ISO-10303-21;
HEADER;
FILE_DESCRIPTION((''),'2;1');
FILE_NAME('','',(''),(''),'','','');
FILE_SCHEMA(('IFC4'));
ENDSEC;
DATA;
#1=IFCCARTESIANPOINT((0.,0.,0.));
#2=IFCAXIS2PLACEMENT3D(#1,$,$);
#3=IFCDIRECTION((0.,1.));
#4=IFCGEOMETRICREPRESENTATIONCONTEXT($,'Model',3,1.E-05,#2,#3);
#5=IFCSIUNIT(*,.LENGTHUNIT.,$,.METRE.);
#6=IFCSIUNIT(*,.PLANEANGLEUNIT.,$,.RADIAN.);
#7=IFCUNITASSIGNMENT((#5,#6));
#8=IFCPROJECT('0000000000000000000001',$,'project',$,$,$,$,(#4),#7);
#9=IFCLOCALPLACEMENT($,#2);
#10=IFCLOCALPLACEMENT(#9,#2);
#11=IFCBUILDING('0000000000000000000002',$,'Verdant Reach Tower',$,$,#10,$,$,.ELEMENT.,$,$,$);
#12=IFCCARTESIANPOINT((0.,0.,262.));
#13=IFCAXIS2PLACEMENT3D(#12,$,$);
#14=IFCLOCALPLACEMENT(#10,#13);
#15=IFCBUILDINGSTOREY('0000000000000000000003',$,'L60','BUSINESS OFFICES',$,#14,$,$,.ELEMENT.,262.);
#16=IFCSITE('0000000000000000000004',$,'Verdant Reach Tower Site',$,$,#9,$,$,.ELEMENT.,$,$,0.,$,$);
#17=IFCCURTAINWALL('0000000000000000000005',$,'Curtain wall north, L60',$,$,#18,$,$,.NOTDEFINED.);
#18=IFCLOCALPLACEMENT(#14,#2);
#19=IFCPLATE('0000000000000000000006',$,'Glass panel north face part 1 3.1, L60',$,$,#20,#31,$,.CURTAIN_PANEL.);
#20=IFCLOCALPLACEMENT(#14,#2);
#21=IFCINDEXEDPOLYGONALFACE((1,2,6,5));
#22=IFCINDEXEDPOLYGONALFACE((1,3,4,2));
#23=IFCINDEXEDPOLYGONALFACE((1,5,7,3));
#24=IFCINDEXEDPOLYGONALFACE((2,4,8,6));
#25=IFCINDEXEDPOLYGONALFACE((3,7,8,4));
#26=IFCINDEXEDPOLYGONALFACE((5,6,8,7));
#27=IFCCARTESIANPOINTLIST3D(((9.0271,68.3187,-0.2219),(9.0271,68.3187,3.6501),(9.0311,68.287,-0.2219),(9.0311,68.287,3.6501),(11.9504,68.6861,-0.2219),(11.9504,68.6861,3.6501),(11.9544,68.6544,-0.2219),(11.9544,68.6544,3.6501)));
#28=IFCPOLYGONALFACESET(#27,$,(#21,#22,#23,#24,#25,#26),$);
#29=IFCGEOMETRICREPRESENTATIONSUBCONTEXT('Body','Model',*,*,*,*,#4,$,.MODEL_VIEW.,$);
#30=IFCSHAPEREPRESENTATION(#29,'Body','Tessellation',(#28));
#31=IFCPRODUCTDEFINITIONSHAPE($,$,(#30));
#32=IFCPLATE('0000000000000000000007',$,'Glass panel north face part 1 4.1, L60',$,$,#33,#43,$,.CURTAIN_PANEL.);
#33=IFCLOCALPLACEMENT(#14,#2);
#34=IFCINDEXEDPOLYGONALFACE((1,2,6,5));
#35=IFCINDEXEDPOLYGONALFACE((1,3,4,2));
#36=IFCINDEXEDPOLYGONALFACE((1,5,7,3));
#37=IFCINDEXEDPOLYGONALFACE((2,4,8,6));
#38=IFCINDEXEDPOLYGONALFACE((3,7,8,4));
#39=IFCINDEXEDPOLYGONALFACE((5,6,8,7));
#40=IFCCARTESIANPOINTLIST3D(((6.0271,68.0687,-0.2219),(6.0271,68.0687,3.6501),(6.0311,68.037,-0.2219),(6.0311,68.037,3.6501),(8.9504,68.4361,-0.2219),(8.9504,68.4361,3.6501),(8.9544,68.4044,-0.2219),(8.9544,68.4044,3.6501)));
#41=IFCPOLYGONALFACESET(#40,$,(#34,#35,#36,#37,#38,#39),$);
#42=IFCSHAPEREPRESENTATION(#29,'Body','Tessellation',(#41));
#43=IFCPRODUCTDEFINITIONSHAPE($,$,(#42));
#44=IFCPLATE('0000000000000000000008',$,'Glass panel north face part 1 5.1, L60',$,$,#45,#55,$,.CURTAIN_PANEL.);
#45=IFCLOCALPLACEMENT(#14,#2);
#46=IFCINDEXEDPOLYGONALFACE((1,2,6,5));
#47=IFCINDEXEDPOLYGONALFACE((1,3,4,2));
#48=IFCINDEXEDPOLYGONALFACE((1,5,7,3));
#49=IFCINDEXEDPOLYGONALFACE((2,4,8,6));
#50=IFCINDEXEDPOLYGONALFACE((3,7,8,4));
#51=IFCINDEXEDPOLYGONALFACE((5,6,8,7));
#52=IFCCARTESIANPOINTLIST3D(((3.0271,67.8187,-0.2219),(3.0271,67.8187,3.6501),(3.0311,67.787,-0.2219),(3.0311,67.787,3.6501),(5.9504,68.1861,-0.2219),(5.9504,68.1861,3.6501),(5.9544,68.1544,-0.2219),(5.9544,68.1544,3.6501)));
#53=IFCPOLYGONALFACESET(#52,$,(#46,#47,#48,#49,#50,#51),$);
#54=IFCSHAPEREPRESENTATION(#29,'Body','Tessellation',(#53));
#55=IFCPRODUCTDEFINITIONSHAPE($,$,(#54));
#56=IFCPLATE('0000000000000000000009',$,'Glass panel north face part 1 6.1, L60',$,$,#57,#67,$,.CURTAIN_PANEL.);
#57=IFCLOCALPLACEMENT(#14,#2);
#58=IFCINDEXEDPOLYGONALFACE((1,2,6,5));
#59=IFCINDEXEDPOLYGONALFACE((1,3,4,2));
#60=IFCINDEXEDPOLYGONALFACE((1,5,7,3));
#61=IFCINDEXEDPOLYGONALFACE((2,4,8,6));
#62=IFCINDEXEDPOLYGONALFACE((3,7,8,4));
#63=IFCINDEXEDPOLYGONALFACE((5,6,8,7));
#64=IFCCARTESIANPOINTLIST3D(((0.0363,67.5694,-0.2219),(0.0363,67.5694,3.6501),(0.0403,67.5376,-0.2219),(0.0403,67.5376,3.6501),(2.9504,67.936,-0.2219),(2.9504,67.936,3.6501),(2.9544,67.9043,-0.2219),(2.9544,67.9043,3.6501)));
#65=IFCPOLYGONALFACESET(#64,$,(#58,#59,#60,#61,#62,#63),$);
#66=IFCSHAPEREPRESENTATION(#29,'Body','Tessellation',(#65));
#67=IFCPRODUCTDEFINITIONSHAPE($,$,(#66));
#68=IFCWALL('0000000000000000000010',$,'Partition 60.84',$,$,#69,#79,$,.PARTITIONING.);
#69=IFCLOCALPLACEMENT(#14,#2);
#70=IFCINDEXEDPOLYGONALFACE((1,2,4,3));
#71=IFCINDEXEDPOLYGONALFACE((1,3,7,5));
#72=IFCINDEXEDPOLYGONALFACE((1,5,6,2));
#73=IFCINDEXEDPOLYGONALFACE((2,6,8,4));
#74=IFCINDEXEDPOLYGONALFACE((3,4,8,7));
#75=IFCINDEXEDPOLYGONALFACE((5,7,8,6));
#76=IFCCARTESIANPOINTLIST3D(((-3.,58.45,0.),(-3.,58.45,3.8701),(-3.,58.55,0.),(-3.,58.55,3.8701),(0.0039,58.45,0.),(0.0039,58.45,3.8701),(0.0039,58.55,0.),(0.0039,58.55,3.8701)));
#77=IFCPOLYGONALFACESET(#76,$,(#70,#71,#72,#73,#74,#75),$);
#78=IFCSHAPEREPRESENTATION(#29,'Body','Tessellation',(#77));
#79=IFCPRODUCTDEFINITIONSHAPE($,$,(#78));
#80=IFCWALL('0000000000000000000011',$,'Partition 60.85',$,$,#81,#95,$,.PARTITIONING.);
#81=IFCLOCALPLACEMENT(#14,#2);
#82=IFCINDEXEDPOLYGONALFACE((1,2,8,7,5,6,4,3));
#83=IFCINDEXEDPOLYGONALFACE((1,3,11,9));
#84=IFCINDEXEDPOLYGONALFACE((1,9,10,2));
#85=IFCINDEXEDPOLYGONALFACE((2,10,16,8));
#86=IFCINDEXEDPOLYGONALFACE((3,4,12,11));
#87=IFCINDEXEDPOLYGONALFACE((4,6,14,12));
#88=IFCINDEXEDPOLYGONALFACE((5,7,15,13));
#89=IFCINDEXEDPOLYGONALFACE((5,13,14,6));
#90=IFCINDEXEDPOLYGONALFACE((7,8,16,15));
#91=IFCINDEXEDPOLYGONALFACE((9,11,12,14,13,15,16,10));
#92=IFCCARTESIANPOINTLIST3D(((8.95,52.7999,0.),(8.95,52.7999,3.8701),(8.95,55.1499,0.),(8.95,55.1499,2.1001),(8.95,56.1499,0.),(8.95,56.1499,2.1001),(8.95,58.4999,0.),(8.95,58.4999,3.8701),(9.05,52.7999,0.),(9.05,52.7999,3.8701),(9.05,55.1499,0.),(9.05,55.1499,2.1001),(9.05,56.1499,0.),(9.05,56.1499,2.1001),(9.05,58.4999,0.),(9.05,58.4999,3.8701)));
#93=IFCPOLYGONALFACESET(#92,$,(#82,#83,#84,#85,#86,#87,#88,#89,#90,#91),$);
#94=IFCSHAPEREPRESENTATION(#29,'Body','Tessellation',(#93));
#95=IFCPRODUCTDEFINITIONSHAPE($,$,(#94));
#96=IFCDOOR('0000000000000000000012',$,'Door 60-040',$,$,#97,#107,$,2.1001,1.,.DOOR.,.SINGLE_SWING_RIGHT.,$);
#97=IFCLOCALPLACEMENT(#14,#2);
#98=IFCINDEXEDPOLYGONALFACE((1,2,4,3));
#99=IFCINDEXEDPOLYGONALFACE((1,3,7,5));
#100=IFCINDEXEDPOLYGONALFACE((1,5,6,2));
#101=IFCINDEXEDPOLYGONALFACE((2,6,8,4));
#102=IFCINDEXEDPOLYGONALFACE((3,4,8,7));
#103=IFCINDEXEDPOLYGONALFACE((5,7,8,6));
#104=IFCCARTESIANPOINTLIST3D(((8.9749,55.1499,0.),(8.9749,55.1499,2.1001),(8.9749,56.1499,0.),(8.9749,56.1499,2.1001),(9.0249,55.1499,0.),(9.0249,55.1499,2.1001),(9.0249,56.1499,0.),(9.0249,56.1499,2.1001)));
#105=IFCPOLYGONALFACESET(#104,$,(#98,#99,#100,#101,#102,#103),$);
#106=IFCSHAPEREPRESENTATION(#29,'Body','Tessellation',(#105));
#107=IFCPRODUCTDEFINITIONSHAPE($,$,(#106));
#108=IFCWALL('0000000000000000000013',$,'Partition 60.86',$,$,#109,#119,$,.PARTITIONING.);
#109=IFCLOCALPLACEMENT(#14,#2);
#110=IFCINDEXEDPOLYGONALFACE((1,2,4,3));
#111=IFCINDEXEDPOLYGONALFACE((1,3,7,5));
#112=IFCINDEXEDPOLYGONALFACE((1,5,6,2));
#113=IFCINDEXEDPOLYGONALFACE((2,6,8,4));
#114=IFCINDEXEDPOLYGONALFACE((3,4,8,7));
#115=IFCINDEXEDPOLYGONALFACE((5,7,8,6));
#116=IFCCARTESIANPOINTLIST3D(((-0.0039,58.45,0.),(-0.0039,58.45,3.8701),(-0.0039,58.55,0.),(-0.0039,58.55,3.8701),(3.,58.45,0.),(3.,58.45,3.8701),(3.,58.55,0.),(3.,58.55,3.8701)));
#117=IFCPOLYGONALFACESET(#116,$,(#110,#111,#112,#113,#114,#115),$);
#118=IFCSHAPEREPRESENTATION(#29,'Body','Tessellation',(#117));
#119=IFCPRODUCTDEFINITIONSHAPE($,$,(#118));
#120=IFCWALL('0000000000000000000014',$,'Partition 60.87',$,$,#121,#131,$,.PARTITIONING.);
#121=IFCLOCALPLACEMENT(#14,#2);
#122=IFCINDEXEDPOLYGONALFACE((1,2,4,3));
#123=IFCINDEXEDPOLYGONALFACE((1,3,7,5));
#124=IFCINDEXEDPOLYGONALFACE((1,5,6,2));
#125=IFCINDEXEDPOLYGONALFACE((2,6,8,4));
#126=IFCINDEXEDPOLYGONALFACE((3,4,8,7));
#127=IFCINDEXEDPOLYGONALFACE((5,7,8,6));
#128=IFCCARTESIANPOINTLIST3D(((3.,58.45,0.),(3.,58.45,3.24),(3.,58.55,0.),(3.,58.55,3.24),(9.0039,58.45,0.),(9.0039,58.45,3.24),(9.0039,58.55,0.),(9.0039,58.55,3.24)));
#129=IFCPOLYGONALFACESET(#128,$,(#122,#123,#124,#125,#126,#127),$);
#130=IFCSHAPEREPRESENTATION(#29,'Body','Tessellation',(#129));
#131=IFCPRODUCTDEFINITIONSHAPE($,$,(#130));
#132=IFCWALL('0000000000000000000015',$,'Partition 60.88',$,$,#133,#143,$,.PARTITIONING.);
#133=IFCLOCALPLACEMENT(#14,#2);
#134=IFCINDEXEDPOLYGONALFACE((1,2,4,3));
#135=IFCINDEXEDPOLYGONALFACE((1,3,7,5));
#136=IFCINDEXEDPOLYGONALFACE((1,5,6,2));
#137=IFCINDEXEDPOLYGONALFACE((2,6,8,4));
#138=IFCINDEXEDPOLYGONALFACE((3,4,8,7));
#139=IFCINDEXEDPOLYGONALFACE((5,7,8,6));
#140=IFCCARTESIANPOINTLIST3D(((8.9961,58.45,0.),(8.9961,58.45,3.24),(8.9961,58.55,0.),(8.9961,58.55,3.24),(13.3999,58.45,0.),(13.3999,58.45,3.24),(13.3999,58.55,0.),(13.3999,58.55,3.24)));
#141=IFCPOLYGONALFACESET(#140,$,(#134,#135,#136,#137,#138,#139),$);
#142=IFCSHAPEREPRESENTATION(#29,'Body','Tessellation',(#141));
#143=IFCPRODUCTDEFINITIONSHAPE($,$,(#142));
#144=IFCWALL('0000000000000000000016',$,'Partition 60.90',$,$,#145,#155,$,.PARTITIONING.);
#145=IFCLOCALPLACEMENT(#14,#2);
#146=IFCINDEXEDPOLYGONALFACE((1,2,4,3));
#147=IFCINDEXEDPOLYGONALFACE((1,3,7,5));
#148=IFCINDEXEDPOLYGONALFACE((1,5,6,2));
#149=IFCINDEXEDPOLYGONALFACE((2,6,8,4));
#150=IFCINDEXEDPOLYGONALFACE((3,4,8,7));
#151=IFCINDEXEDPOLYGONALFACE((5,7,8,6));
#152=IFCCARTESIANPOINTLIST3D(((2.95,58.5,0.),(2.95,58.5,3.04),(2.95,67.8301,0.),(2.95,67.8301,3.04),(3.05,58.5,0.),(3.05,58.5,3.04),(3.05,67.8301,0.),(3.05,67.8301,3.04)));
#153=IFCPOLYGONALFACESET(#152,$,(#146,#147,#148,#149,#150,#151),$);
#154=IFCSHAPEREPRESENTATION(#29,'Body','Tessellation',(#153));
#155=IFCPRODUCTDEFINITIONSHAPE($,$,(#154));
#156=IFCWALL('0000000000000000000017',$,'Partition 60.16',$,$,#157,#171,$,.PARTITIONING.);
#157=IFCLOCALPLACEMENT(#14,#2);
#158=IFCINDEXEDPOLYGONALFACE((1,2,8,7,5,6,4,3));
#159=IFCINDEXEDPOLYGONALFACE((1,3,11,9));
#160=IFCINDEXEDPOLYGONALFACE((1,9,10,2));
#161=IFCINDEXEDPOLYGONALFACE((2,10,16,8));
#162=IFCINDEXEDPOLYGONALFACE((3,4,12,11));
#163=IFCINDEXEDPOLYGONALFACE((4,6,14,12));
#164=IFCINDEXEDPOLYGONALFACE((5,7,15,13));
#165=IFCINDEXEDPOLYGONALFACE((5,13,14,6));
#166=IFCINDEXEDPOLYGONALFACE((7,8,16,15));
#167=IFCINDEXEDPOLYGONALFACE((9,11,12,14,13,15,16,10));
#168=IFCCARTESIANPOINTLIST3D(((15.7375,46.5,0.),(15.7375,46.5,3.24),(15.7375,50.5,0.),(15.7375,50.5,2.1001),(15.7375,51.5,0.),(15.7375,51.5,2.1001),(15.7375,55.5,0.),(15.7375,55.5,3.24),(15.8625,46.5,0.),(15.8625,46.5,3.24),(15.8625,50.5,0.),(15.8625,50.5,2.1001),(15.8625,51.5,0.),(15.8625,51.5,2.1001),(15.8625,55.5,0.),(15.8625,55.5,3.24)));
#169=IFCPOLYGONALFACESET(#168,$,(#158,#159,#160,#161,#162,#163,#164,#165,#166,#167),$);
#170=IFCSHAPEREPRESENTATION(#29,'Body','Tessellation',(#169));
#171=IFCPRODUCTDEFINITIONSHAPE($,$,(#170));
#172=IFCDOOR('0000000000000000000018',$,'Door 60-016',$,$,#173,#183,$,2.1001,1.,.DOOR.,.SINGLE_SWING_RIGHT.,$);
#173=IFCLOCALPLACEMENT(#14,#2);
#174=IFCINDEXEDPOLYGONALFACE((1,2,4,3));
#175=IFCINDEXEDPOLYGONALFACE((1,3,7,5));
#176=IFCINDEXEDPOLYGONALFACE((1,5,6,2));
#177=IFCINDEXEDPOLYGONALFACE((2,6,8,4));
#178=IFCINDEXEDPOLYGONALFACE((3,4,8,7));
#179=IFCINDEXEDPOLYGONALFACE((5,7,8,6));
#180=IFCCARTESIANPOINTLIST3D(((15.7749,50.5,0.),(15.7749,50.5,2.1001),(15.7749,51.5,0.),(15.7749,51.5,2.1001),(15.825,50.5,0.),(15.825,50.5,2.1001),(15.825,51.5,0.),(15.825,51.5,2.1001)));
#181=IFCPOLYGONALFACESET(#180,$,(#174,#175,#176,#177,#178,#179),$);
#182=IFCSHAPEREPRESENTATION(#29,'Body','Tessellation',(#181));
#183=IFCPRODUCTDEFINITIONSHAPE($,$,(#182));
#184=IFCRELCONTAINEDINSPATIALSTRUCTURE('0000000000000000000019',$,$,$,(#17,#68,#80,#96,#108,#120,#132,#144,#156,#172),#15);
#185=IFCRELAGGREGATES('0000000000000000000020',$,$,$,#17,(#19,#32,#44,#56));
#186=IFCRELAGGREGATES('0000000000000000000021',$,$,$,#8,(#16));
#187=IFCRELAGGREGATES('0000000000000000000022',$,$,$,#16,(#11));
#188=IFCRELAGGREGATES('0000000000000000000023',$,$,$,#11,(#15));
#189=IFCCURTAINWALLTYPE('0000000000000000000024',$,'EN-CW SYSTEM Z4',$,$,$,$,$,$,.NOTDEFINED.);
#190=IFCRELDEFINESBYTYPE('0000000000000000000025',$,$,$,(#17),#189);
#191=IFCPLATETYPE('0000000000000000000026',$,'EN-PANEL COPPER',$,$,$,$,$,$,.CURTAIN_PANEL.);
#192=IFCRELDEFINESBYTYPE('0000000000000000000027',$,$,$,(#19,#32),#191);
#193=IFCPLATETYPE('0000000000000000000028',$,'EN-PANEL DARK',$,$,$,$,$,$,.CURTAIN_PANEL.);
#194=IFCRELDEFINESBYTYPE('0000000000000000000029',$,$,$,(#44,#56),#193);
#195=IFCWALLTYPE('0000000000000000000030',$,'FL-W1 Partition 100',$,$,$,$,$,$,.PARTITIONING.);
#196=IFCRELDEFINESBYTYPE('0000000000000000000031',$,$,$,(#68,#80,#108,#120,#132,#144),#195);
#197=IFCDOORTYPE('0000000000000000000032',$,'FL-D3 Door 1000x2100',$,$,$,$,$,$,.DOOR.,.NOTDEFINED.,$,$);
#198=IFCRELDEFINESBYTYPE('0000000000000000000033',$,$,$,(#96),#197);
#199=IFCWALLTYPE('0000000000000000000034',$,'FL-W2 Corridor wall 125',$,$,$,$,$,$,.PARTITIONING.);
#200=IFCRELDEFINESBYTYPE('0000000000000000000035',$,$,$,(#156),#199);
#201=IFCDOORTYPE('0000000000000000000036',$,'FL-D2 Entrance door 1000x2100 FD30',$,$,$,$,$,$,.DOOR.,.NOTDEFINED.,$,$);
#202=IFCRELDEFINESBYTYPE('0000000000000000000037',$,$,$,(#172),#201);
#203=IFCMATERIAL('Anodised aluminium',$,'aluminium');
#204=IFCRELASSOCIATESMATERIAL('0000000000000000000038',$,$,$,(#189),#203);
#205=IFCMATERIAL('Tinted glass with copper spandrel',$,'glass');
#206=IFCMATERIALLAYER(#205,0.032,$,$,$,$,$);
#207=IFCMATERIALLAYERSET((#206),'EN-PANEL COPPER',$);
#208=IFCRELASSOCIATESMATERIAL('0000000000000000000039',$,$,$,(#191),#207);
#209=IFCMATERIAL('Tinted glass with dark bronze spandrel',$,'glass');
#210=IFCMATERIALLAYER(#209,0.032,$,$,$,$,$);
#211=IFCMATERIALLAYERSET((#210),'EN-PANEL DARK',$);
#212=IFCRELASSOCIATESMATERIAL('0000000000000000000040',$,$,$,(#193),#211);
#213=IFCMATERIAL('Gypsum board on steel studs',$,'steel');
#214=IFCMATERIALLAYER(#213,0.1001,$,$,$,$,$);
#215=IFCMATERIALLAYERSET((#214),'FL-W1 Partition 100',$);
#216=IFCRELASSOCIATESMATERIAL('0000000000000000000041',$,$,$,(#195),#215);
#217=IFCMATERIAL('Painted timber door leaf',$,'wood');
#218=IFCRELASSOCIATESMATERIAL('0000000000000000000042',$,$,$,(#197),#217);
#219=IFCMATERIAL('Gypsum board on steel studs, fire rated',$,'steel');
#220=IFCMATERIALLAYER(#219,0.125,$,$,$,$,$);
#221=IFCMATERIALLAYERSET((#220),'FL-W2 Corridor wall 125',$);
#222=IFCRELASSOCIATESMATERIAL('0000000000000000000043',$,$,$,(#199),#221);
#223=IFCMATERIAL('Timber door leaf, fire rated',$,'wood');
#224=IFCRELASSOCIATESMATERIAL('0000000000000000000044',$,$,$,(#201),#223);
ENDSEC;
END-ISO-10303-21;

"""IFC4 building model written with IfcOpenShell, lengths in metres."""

from ifc_helpers import new_model, si_unit, direction, frame, frame_2d, origin, origin_2d, place, context, subcontext, project, spatial, rectangle, extrude, material, layer, layer_set, type_object, element, fill, aggregate, save


model = new_model("IFC4")

# Units and contexts
model_context = context("Model", 3, precision=1e-05, world=origin(), true_north=direction((0.0, 1.0)))
body_context = subcontext(model_context, "Body", "Model", "MODEL_VIEW")
ifc_project = project(units=[si_unit("LENGTHUNIT", "METRE"), si_unit("PLANEANGLEUNIT", "RADIAN")], contexts=[model_context])

# Site, building, storey
site_placement = place(None, origin())
site = spatial("IfcSite", under=ifc_project, at=site_placement, Name="Verdant Reach Tower Site", CompositionType="ELEMENT", RefElevation=0.0)
building_placement = place(site_placement, origin())
building = spatial("IfcBuilding", under=site, at=building_placement, Name="Verdant Reach Tower", CompositionType="ELEMENT")
storey_placement = place(building_placement, frame((0.0, 0.0, 262.0)))
storey = spatial("IfcBuildingStorey", under=building, at=storey_placement, Name="L60", Description="BUSINESS OFFICES", CompositionType="ELEMENT", Elevation=262.0)

# Curtain wall
ifc_material_1 = material(Name="Anodised aluminium", Category="aluminium")
curtain_wall_type = type_object("IfcCurtainWallType", Name="EN-CW SYSTEM Z4", PredefinedType="NOTDEFINED", material=ifc_material_1)
curtain_wall_placement = place(storey_placement, origin())
curtain_wall = element("IfcCurtainWall", 1, at=curtain_wall_placement, inside=storey, type_object=curtain_wall_type, Name="Curtain wall north, L60", PredefinedType="NOTDEFINED")

# Plates
ifc_material_2 = material(Name="Tinted glass with copper spandrel", Category="glass")
ifc_layer_1 = layer(ifc_material_2, 0.032)
ifc_layer_set_1 = layer_set([ifc_layer_1], Name="EN-PANEL COPPER")
plate_type_1 = type_object("IfcPlateType", Name="EN-PANEL COPPER", PredefinedType="CURTAIN_PANEL", material=ifc_layer_set_1)
plate_1_placement = place(storey_placement, frame((10.4907, 68.4866, -0.2219), z_axis=(0.0, 0.0, 1.0), x_axis=(-0.992194, -0.124704, 0.0)))
plate_1 = element("IfcPlate", 2, at=plate_1_placement, type_object=plate_type_1, Name="Glass panel north face part 1 3.1, L60", PredefinedType="CURTAIN_PANEL", context=body_context, shape_type="SweptSolid", body=[
    extrude(rectangle(XDim=2.9463, YDim=0.032, at=origin_2d()), origin(), (0.0, 0.0, 1.0), 3.8721),
])
plate_2_placement = place(storey_placement, frame((7.4907, 68.2366, -0.2219), z_axis=(0.0, 0.0, 1.0), x_axis=(-0.992194, -0.124704, 0.0)))
plate_2 = element("IfcPlate", 3, at=plate_2_placement, type_object=plate_type_1, Name="Glass panel north face part 1 4.1, L60", PredefinedType="CURTAIN_PANEL", context=body_context, shape_type="SweptSolid", body=[
    extrude(rectangle(XDim=2.9463, YDim=0.032, at=origin_2d()), origin(), (0.0, 0.0, 1.0), 3.8721),
])
ifc_material_3 = material(Name="Tinted glass with dark bronze spandrel", Category="glass")
ifc_layer_2 = layer(ifc_material_3, 0.032)
ifc_layer_set_2 = layer_set([ifc_layer_2], Name="EN-PANEL DARK")
plate_type_2 = type_object("IfcPlateType", Name="EN-PANEL DARK", PredefinedType="CURTAIN_PANEL", material=ifc_layer_set_2)
plate_3_placement = place(storey_placement, frame((4.4907, 67.9866, -0.2219), z_axis=(0.0, 0.0, 1.0), x_axis=(-0.992194, -0.124704, 0.0)))
plate_3 = element("IfcPlate", 4, at=plate_3_placement, type_object=plate_type_2, Name="Glass panel north face part 1 5.1, L60", PredefinedType="CURTAIN_PANEL", context=body_context, shape_type="SweptSolid", body=[
    extrude(rectangle(XDim=2.9463, YDim=0.032, at=origin_2d()), origin(), (0.0, 0.0, 1.0), 3.8721),
])
plate_4_placement = place(storey_placement, frame((1.4954, 67.7368, -0.2219), z_axis=(0.0, 0.0, 1.0), x_axis=(-0.992178, -0.124832, 0.0)))
plate_4 = element("IfcPlate", 5, at=plate_4_placement, type_object=plate_type_2, Name="Glass panel north face part 1 6.1, L60", PredefinedType="CURTAIN_PANEL", context=body_context, shape_type="SweptSolid", body=[
    extrude(rectangle(XDim=2.937, YDim=0.032, at=origin_2d()), origin(), (0.0, 0.0, 1.0), 3.8721),
])
aggregate(curtain_wall, [plate_1, plate_2, plate_3, plate_4])

# Wall
ifc_material_4 = material(Name="Gypsum board on steel studs", Category="steel")
ifc_layer_3 = layer(ifc_material_4, 0.1001)
ifc_layer_set_3 = layer_set([ifc_layer_3], Name="FL-W1 Partition 100")
wall_type_1 = type_object("IfcWallType", Name="FL-W1 Partition 100", PredefinedType="PARTITIONING", material=ifc_layer_set_3)
wall_1_placement = place(storey_placement, frame((0.0039, 58.5, 0.0), z_axis=(0.0, 0.0, 1.0), x_axis=(-1.0, 0.0, 0.0)))
element("IfcWall", 6, at=wall_1_placement, inside=storey, type_object=wall_type_1, Name="Partition 60.84", PredefinedType="PARTITIONING", context=body_context, shape_type="SweptSolid", body=[
    extrude(rectangle(XDim=3.0039, YDim=0.1001, at=frame_2d((1.502, 0.0))), origin(), (0.0, 0.0, 1.0), 3.8701),
])

# Wall, opening, door
wall_2_placement = place(storey_placement, frame((9.0, 58.5, 0.0), z_axis=(0.0, 0.0, 1.0), x_axis=(0.0, -1.0, 0.0)))
wall_2 = element("IfcWall", 7, at=wall_2_placement, inside=storey, type_object=wall_type_1, Name="Partition 60.85", PredefinedType="PARTITIONING", context=body_context, shape_type="SweptSolid", body=[
    extrude(rectangle(XDim=5.7, YDim=0.1001, at=frame_2d((2.8501, 0.0))), origin(), (0.0, 0.0, 1.0), 3.8701),
])
opening_1_placement = place(wall_2_placement, frame((2.3501, 0.0, 0.0)))
opening_1 = element("IfcOpeningElement", 8, at=opening_1_placement, cuts=wall_2, PredefinedType="OPENING", context=body_context, shape_type="SweptSolid", body=[
    extrude(rectangle(XDim=1.0, YDim=2.1001, at=frame_2d((0.5, 1.05))), frame((0.0, 0.0601, 0.0), z_axis=(0.0, -1.0, 0.0), x_axis=(1.0, 0.0, 0.0)), (0.0, 0.0, 1.0), 0.1201),
])
ifc_material_5 = material(Name="Painted timber door leaf", Category="wood")
door_type_1 = type_object("IfcDoorType", Name="FL-D3 Door 1000x2100", OperationType="NOTDEFINED", PredefinedType="DOOR", material=ifc_material_5)
door_1_placement = place(opening_1_placement, origin())
door_1 = element("IfcDoor", 9, at=door_1_placement, inside=storey, type_object=door_type_1, Name="Door 60-040", OperationType="SINGLE_SWING_RIGHT", OverallHeight=2.1001, OverallWidth=1.0, PredefinedType="DOOR", context=body_context, shape_type="SweptSolid", body=[
    extrude(rectangle(XDim=1.0, YDim=2.1001, at=frame_2d((0.5, 1.05))), frame((0.0, 0.0249, 0.0), z_axis=(0.0, -1.0, 0.0), x_axis=(1.0, 0.0, 0.0)), (0.0, 0.0, 1.0), 0.05),
])
fill(opening_1, door_1)

# Walls
wall_3_placement = place(storey_placement, frame((3.0, 58.5, 0.0), z_axis=(0.0, 0.0, 1.0), x_axis=(-1.0, 0.0, 0.0)))
element("IfcWall", 10, at=wall_3_placement, inside=storey, type_object=wall_type_1, Name="Partition 60.86", PredefinedType="PARTITIONING", context=body_context, shape_type="SweptSolid", body=[
    extrude(rectangle(XDim=3.0039, YDim=0.1001, at=frame_2d((1.502, 0.0))), origin(), (0.0, 0.0, 1.0), 3.8701),
])
wall_4_placement = place(storey_placement, frame((9.0039, 58.5, 0.0), z_axis=(0.0, 0.0, 1.0), x_axis=(-1.0, 0.0, 0.0)))
element("IfcWall", 11, at=wall_4_placement, inside=storey, type_object=wall_type_1, Name="Partition 60.87", PredefinedType="PARTITIONING", context=body_context, shape_type="SweptSolid", body=[
    extrude(rectangle(XDim=6.0039, YDim=0.1001, at=frame_2d((3.002, 0.0))), origin(), (0.0, 0.0, 1.0), 3.24),
])
wall_5_placement = place(storey_placement, frame((13.3999, 58.5, 0.0), z_axis=(0.0, 0.0, 1.0), x_axis=(-1.0, 0.0, 0.0)))
element("IfcWall", 12, at=wall_5_placement, inside=storey, type_object=wall_type_1, Name="Partition 60.88", PredefinedType="PARTITIONING", context=body_context, shape_type="SweptSolid", body=[
    extrude(rectangle(XDim=4.4038, YDim=0.1001, at=frame_2d((2.2019, 0.0))), origin(), (0.0, 0.0, 1.0), 3.24),
])
wall_6_placement = place(storey_placement, frame((3.0, 58.5, 0.0), z_axis=(0.0, 0.0, 1.0), x_axis=(0.0, 1.0, 0.0)))
element("IfcWall", 13, at=wall_6_placement, inside=storey, type_object=wall_type_1, Name="Partition 60.90", PredefinedType="PARTITIONING", context=body_context, shape_type="SweptSolid", body=[
    extrude(rectangle(XDim=9.3301, YDim=0.1001, at=frame_2d((4.665, 0.0))), origin(), (0.0, 0.0, 1.0), 3.04),
])

# Wall, opening, door
ifc_material_6 = material(Name="Gypsum board on steel studs, fire rated", Category="steel")
ifc_layer_4 = layer(ifc_material_6, 0.125)
ifc_layer_set_4 = layer_set([ifc_layer_4], Name="FL-W2 Corridor wall 125")
wall_type_2 = type_object("IfcWallType", Name="FL-W2 Corridor wall 125", PredefinedType="PARTITIONING", material=ifc_layer_set_4)
wall_7_placement = place(storey_placement, frame((15.8, 55.5, 0.0), z_axis=(0.0, 0.0, 1.0), x_axis=(0.0, -1.0, 0.0)))
wall_7 = element("IfcWall", 14, at=wall_7_placement, inside=storey, type_object=wall_type_2, Name="Partition 60.16", PredefinedType="PARTITIONING", context=body_context, shape_type="SweptSolid", body=[
    extrude(rectangle(XDim=9.0, YDim=0.125, at=frame_2d((4.5, 0.0))), origin(), (0.0, 0.0, 1.0), 3.24),
])
opening_2_placement = place(wall_7_placement, frame((4.0, 0.0, 0.0)))
opening_2 = element("IfcOpeningElement", 15, at=opening_2_placement, cuts=wall_7, PredefinedType="OPENING", context=body_context, shape_type="SweptSolid", body=[
    extrude(rectangle(XDim=1.0, YDim=2.1001, at=frame_2d((0.5, 1.05))), frame((0.0, 0.0725, 0.0), z_axis=(0.0, -1.0, 0.0), x_axis=(1.0, 0.0, 0.0)), (0.0, 0.0, 1.0), 0.145),
])
ifc_material_7 = material(Name="Timber door leaf, fire rated", Category="wood")
door_type_2 = type_object("IfcDoorType", Name="FL-D2 Entrance door 1000x2100 FD30", OperationType="NOTDEFINED", PredefinedType="DOOR", material=ifc_material_7)
door_2_placement = place(opening_2_placement, origin())
door_2 = element("IfcDoor", 16, at=door_2_placement, inside=storey, type_object=door_type_2, Name="Door 60-016", OperationType="SINGLE_SWING_RIGHT", OverallHeight=2.1001, OverallWidth=1.0, PredefinedType="DOOR", context=body_context, shape_type="SweptSolid", body=[
    extrude(rectangle(XDim=1.0, YDim=2.1001, at=frame_2d((0.5, 1.05))), frame((0.0, 0.0249, 0.0), z_axis=(0.0, -1.0, 0.0), x_axis=(1.0, 0.0, 0.0)), (0.0, 0.0, 1.0), 0.05),
])
fill(opening_2, door_2)

save(model, "model.ifc")
